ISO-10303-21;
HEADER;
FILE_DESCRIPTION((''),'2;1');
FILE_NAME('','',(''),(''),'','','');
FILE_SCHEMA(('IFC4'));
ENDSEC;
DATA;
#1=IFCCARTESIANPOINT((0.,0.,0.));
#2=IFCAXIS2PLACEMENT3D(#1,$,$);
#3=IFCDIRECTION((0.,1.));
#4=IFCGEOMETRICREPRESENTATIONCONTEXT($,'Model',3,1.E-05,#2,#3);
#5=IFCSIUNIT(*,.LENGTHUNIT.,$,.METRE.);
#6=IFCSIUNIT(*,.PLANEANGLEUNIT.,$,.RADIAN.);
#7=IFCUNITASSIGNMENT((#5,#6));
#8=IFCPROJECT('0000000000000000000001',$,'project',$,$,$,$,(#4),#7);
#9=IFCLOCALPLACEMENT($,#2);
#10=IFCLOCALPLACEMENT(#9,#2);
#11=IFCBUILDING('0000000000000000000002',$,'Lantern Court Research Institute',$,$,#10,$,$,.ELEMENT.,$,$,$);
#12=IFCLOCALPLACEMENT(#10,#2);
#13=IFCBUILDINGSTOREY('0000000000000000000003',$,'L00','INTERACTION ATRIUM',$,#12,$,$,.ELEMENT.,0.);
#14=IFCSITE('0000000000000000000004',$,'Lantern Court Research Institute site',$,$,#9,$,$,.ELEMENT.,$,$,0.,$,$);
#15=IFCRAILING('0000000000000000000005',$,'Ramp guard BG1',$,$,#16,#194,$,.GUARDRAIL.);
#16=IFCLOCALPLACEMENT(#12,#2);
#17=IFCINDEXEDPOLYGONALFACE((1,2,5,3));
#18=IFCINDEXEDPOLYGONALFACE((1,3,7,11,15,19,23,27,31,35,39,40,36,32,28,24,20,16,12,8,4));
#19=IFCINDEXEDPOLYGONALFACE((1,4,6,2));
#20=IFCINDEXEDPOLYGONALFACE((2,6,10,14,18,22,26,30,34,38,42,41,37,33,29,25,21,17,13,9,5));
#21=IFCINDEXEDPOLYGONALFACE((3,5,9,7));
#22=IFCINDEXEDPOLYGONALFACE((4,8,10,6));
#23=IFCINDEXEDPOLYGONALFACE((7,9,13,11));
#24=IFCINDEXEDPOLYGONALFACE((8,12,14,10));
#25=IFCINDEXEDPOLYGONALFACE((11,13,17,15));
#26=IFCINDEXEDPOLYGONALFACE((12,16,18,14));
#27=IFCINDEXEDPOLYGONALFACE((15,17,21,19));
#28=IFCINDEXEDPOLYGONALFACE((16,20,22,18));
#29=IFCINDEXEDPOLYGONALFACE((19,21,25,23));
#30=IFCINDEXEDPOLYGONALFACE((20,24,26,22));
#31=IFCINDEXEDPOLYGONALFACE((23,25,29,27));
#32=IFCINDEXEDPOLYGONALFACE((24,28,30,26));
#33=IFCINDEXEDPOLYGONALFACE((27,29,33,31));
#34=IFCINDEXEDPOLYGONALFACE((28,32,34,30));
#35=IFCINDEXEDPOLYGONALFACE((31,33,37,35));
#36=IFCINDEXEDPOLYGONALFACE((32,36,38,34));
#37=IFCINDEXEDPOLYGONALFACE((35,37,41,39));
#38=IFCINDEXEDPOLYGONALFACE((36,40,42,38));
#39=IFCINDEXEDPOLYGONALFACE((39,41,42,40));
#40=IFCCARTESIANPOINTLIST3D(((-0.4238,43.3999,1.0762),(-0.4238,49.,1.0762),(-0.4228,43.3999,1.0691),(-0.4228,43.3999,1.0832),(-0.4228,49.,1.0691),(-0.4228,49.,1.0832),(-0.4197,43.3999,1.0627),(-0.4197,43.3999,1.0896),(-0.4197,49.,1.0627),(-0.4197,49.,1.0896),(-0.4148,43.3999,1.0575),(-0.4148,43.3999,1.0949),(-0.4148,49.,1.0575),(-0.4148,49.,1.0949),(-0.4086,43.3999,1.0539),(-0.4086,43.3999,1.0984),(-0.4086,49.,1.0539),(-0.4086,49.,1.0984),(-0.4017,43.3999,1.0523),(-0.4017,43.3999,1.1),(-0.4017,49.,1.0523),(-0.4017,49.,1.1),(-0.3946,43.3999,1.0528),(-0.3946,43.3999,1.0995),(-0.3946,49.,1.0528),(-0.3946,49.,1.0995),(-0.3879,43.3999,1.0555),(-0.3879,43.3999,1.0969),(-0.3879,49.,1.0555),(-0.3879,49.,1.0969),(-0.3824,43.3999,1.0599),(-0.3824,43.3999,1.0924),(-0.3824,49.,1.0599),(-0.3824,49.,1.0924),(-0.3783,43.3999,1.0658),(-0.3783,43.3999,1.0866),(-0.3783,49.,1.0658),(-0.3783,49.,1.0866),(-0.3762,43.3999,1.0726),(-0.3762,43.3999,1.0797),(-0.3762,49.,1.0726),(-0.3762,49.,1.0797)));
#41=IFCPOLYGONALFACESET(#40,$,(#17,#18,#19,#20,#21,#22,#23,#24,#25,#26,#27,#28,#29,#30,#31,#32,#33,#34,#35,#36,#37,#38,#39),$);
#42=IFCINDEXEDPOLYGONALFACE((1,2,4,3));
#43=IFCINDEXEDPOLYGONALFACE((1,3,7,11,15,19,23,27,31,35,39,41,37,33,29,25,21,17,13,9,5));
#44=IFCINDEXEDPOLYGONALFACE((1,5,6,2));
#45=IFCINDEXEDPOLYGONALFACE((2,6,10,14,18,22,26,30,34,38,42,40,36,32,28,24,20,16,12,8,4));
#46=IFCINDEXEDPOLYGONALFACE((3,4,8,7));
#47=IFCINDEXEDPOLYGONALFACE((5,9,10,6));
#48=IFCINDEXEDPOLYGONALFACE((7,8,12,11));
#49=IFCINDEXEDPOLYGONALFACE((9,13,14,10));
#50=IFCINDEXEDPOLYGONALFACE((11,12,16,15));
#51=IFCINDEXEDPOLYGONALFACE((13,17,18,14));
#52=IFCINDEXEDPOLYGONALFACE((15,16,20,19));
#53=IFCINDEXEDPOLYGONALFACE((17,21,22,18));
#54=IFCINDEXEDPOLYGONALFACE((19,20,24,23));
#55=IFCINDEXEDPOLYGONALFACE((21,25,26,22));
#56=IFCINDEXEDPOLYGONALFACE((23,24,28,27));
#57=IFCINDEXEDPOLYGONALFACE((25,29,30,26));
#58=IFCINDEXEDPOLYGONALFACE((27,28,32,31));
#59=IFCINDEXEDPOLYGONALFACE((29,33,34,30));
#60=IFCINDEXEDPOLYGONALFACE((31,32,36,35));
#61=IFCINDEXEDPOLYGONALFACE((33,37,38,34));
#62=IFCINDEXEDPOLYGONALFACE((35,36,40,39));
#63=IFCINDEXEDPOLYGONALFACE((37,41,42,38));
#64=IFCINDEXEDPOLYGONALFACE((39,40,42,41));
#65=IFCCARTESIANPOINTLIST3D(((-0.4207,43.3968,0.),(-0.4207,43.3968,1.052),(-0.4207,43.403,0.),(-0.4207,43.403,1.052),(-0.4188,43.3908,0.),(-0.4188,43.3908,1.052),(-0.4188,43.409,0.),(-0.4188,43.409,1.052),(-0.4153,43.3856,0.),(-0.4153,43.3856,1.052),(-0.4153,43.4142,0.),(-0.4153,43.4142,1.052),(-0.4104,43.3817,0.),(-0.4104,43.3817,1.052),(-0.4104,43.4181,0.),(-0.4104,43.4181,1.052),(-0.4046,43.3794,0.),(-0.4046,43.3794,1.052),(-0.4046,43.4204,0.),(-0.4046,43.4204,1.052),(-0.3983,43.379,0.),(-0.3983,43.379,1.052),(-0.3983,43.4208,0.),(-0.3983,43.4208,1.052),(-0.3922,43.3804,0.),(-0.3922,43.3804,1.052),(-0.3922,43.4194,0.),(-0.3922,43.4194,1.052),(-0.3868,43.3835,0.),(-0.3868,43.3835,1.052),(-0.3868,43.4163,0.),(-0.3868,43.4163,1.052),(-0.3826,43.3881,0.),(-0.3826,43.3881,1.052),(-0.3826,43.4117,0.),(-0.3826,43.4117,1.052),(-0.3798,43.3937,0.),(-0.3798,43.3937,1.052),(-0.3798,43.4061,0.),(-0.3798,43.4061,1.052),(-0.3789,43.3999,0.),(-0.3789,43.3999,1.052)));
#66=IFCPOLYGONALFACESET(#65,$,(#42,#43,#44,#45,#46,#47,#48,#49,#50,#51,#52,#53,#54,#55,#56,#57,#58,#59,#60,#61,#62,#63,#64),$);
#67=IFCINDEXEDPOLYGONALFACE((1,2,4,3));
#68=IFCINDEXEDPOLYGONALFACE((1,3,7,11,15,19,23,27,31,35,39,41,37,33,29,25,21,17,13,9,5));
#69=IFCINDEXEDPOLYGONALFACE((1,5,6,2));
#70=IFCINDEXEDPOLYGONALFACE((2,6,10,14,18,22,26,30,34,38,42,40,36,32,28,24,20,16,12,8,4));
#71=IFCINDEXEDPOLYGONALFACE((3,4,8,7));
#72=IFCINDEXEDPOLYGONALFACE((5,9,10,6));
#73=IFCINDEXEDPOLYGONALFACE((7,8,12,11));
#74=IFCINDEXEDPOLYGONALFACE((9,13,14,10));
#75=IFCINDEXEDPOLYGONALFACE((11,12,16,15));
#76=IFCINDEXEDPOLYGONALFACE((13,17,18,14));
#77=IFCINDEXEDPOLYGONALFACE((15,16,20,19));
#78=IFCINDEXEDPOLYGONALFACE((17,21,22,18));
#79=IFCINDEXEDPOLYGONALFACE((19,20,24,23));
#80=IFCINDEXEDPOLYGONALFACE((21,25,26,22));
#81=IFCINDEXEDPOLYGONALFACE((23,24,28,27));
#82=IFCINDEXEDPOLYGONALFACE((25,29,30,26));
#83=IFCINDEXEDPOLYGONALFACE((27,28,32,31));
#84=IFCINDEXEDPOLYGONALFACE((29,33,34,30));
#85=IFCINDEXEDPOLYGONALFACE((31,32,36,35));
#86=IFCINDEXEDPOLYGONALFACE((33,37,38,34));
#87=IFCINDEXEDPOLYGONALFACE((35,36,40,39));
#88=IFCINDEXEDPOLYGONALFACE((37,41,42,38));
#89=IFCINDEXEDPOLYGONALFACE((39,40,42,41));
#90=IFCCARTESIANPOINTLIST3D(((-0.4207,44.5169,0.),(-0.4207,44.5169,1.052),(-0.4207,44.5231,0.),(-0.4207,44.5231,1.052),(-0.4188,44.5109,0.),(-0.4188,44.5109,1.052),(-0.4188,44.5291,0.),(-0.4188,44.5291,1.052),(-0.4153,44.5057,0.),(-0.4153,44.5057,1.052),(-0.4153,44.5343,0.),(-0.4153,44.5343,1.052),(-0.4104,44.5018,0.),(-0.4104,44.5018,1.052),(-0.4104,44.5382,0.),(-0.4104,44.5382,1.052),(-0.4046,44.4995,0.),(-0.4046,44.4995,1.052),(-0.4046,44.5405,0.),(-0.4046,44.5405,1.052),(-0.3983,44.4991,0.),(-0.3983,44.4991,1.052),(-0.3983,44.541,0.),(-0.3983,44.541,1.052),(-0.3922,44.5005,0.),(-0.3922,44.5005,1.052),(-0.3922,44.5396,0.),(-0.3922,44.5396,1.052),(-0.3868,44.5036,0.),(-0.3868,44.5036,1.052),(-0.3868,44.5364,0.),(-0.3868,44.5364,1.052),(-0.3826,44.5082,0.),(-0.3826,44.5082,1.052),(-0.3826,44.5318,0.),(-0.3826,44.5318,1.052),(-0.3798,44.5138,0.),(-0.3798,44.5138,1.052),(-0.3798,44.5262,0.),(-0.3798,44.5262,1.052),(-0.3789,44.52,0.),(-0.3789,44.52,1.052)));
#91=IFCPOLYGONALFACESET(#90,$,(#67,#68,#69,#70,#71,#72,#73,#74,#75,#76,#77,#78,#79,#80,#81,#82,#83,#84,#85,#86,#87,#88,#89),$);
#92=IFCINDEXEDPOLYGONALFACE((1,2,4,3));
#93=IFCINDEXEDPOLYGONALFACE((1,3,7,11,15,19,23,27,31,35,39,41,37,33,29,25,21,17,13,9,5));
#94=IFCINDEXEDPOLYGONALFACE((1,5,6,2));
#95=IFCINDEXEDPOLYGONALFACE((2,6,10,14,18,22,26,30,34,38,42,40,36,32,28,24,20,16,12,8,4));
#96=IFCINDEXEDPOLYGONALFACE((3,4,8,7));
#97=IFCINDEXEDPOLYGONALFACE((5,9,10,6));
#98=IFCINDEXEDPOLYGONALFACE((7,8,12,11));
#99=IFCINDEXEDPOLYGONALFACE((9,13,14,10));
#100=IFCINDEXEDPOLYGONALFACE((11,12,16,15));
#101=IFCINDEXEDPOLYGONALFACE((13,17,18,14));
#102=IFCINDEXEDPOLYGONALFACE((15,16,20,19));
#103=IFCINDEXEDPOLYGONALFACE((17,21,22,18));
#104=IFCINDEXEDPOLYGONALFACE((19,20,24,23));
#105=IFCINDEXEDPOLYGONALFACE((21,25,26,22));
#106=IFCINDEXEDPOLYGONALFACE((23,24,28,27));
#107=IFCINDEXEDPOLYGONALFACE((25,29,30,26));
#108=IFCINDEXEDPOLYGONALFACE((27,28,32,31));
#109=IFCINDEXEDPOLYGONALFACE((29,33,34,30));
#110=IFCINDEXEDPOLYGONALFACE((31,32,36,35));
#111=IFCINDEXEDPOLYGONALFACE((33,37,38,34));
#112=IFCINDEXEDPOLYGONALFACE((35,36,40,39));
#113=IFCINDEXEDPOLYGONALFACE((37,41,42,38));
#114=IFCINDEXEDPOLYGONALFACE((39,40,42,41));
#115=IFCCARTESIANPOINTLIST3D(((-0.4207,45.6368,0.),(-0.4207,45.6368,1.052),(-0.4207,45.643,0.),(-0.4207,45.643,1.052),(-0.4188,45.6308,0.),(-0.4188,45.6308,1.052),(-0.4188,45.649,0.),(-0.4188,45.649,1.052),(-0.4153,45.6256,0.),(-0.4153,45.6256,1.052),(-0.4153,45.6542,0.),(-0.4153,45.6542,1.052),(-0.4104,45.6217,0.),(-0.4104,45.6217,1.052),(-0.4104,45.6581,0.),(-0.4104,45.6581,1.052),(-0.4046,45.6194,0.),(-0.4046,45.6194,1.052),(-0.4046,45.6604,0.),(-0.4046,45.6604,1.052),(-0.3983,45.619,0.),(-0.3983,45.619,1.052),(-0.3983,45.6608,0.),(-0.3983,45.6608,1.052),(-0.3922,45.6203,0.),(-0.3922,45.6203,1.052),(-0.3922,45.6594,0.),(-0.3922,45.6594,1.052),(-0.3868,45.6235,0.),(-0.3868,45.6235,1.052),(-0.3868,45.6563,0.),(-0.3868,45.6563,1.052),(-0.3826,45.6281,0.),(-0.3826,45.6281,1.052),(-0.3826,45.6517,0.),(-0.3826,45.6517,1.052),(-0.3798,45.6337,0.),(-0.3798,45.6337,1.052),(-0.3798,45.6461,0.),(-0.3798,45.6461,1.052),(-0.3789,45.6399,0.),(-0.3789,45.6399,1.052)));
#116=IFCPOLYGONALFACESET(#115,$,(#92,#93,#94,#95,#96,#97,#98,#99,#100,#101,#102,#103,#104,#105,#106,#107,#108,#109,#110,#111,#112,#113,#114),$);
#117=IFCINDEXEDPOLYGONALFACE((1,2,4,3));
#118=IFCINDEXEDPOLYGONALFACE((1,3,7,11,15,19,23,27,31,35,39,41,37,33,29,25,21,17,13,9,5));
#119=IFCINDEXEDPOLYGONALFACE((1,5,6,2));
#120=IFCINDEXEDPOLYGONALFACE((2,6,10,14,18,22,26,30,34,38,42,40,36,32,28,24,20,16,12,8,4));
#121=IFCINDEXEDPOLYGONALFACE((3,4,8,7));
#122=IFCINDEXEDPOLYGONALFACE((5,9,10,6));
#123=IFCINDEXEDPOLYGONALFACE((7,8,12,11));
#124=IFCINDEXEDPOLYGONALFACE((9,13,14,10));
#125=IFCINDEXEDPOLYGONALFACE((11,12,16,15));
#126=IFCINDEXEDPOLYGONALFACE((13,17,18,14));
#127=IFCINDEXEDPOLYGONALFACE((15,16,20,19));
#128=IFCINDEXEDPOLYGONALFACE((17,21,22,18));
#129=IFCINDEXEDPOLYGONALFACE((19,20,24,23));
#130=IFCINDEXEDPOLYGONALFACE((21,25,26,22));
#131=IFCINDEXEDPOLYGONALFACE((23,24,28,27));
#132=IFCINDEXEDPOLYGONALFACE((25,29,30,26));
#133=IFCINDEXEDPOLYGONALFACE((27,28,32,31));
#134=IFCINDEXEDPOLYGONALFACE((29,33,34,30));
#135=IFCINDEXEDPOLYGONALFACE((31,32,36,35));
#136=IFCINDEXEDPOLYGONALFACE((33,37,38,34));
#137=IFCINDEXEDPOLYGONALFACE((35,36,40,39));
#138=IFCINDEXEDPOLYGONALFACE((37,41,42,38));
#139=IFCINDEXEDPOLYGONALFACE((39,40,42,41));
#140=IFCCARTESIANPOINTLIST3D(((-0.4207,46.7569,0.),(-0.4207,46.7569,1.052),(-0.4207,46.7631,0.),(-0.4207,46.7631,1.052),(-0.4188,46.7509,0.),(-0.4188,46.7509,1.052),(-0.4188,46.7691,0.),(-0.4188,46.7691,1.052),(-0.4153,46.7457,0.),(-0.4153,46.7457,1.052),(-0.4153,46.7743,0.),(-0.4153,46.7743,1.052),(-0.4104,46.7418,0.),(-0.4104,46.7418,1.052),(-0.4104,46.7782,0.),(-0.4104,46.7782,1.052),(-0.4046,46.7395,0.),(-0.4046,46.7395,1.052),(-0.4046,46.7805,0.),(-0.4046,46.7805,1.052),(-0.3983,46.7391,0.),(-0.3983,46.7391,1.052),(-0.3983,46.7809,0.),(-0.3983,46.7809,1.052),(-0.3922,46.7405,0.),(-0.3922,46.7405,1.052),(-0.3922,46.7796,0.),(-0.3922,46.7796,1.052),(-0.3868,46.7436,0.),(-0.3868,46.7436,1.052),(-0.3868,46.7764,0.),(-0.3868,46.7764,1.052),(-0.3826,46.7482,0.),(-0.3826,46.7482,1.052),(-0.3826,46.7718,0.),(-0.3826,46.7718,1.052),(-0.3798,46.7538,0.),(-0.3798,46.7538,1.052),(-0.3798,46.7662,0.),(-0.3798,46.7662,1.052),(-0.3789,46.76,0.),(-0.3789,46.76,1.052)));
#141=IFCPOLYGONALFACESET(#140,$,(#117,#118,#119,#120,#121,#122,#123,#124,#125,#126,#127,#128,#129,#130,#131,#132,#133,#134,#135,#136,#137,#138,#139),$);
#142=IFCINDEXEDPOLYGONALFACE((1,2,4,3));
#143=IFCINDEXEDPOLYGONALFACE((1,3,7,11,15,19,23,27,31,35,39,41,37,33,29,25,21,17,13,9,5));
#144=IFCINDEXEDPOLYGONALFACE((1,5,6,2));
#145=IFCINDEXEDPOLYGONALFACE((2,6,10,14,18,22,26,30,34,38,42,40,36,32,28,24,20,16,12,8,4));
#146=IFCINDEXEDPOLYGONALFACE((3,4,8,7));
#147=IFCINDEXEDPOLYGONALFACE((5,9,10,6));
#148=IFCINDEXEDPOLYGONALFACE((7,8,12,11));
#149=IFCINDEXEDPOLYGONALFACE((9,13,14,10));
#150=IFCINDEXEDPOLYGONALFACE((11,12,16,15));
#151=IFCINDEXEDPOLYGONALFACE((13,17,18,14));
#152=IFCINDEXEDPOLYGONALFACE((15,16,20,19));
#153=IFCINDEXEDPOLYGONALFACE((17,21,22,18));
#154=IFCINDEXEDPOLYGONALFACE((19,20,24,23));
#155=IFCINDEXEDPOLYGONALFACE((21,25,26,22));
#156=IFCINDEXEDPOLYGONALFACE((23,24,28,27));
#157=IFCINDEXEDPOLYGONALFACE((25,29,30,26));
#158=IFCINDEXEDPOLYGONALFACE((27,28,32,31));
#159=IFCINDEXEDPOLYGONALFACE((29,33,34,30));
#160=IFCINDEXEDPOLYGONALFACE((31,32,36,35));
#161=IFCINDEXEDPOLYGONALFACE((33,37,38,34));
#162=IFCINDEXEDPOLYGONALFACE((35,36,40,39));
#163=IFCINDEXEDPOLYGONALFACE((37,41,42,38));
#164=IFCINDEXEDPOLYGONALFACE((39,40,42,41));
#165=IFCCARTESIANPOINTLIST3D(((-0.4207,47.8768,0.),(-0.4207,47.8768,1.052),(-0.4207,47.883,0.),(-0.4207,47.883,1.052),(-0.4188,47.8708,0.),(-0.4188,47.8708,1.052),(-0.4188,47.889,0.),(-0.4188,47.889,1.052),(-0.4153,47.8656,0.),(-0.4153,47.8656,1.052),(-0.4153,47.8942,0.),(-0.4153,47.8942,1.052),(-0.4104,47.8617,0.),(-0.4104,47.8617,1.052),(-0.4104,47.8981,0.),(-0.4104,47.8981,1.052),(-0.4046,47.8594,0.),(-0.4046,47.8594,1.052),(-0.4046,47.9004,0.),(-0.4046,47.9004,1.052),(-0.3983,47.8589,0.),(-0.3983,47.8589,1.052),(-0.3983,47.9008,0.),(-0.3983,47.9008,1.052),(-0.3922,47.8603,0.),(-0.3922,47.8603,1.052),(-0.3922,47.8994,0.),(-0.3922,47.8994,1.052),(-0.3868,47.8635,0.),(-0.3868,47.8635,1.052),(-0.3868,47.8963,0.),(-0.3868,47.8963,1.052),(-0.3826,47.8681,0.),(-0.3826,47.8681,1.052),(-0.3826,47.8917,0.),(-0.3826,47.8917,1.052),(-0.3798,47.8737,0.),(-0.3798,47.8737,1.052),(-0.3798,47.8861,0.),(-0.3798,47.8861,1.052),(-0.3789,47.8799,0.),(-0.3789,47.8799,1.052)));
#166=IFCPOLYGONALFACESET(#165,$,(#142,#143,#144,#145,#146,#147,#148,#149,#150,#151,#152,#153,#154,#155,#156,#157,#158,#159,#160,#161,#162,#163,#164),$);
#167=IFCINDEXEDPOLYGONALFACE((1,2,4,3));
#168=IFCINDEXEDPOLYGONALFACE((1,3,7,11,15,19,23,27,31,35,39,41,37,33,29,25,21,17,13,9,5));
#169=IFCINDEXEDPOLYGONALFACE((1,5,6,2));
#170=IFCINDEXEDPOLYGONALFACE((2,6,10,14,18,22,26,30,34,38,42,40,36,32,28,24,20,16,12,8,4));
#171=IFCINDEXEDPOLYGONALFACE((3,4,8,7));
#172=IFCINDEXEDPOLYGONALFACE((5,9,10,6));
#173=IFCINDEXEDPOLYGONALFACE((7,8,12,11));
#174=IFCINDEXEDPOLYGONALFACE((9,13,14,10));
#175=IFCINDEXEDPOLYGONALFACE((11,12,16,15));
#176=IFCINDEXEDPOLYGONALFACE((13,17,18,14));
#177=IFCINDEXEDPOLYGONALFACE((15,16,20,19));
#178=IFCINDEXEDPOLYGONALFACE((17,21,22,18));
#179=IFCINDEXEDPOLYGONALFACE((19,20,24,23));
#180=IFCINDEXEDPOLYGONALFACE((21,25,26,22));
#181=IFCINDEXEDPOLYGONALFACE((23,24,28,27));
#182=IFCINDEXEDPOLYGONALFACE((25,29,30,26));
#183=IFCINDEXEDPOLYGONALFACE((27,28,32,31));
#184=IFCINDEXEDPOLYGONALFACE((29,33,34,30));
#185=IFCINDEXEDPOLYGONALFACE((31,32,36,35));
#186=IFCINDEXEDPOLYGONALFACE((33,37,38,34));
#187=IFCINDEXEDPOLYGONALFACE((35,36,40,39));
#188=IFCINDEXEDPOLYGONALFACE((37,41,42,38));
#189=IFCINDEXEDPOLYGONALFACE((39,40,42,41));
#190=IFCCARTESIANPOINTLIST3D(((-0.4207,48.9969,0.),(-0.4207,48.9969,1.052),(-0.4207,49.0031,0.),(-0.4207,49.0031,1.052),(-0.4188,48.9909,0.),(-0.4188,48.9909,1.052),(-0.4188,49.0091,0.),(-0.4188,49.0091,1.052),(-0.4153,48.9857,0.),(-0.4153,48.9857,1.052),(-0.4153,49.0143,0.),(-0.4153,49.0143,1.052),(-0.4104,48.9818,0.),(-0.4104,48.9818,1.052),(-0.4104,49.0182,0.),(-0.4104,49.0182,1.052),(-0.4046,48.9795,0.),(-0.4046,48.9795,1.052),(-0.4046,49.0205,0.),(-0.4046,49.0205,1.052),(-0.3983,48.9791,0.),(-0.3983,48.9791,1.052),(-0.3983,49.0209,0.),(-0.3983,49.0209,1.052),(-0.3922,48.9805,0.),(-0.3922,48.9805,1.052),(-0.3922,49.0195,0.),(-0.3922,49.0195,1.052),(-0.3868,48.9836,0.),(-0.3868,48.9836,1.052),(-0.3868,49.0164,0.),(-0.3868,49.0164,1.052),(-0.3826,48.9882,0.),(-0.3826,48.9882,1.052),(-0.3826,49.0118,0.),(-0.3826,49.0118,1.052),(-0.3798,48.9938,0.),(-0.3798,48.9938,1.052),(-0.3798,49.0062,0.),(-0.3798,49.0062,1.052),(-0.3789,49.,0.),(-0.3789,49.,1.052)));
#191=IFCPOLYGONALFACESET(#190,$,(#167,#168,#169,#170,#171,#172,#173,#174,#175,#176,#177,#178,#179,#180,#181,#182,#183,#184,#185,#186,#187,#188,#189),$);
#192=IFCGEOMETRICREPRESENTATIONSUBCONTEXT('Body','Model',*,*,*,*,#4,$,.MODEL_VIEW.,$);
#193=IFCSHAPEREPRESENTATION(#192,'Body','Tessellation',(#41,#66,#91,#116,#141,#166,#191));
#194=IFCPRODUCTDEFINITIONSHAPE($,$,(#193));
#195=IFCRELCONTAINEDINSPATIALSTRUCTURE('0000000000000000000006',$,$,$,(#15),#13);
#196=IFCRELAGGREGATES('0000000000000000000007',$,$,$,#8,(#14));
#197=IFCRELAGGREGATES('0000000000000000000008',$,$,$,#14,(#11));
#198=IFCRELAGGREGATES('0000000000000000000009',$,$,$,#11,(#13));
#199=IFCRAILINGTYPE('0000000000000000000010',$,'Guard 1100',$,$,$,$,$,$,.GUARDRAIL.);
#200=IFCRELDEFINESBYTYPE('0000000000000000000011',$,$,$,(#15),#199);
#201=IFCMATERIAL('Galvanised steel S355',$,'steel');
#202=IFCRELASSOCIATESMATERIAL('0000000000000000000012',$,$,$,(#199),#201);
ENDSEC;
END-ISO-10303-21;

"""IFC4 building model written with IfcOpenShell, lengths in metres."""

from ifc_helpers import new_model, si_unit, direction, frame, origin, origin_2d, place, context, subcontext, project, spatial, circle, extrude, material, type_object, element, save


model = new_model("IFC4")

# Units and contexts
model_context = context("Model", 3, precision=1e-05, world=origin(), true_north=direction((0.0, 1.0)))
body_context = subcontext(model_context, "Body", "Model", "MODEL_VIEW")
ifc_project = project(units=[si_unit("LENGTHUNIT", "METRE"), si_unit("PLANEANGLEUNIT", "RADIAN")], contexts=[model_context])

# Site, building, storey
site_placement = place(None, origin())
site = spatial("IfcSite", under=ifc_project, at=site_placement, Name="Lantern Court Research Institute site", CompositionType="ELEMENT", RefElevation=0.0)
building_placement = place(site_placement, origin())
building = spatial("IfcBuilding", under=site, at=building_placement, Name="Lantern Court Research Institute", CompositionType="ELEMENT")
storey_placement = place(building_placement, origin())
storey = spatial("IfcBuildingStorey", under=building, at=storey_placement, Name="L00", Description="INTERACTION ATRIUM", CompositionType="ELEMENT", Elevation=0.0)

# Railing
ifc_material_1 = material(Name="Galvanised steel S355", Category="steel")
railing_type = type_object("IfcRailingType", Name="Guard 1100", PredefinedType="GUARDRAIL", material=ifc_material_1)
railing_placement = place(storey_placement, frame((-0.3999, 43.3999, 0.0)))
element("IfcRailing", 1, at=railing_placement, inside=storey, type_object=railing_type, Name="Ramp guard BG1", PredefinedType="GUARDRAIL", context=body_context, shape_type="SweptSolid", body=[
    extrude(circle(Radius=0.0239, at=origin_2d()), frame((0.0, 0.0, 1.0762), z_axis=(0.0, 1.0, 0.0), x_axis=(-1.0, 0.0, 0.0)), (0.0, 0.0, 1.0), 5.6001),
    extrude(circle(Radius=0.021, at=origin_2d()), origin(), (0.0, 0.0, 1.0), 1.052),
    extrude(circle(Radius=0.021, at=origin_2d()), frame((0.0, 1.1201, 0.0)), (0.0, 0.0, 1.0), 1.052),
    extrude(circle(Radius=0.021, at=origin_2d()), frame((0.0, 2.24, 0.0)), (0.0, 0.0, 1.0), 1.052),
    extrude(circle(Radius=0.021, at=origin_2d()), frame((0.0, 3.3601, 0.0)), (0.0, 0.0, 1.0), 1.052),
    extrude(circle(Radius=0.021, at=origin_2d()), frame((0.0, 4.48, 0.0)), (0.0, 0.0, 1.0), 1.052),
    extrude(circle(Radius=0.021, at=origin_2d()), frame((0.0, 5.6001, 0.0)), (0.0, 0.0, 1.0), 1.052),
])

save(model, "model.ifc")
